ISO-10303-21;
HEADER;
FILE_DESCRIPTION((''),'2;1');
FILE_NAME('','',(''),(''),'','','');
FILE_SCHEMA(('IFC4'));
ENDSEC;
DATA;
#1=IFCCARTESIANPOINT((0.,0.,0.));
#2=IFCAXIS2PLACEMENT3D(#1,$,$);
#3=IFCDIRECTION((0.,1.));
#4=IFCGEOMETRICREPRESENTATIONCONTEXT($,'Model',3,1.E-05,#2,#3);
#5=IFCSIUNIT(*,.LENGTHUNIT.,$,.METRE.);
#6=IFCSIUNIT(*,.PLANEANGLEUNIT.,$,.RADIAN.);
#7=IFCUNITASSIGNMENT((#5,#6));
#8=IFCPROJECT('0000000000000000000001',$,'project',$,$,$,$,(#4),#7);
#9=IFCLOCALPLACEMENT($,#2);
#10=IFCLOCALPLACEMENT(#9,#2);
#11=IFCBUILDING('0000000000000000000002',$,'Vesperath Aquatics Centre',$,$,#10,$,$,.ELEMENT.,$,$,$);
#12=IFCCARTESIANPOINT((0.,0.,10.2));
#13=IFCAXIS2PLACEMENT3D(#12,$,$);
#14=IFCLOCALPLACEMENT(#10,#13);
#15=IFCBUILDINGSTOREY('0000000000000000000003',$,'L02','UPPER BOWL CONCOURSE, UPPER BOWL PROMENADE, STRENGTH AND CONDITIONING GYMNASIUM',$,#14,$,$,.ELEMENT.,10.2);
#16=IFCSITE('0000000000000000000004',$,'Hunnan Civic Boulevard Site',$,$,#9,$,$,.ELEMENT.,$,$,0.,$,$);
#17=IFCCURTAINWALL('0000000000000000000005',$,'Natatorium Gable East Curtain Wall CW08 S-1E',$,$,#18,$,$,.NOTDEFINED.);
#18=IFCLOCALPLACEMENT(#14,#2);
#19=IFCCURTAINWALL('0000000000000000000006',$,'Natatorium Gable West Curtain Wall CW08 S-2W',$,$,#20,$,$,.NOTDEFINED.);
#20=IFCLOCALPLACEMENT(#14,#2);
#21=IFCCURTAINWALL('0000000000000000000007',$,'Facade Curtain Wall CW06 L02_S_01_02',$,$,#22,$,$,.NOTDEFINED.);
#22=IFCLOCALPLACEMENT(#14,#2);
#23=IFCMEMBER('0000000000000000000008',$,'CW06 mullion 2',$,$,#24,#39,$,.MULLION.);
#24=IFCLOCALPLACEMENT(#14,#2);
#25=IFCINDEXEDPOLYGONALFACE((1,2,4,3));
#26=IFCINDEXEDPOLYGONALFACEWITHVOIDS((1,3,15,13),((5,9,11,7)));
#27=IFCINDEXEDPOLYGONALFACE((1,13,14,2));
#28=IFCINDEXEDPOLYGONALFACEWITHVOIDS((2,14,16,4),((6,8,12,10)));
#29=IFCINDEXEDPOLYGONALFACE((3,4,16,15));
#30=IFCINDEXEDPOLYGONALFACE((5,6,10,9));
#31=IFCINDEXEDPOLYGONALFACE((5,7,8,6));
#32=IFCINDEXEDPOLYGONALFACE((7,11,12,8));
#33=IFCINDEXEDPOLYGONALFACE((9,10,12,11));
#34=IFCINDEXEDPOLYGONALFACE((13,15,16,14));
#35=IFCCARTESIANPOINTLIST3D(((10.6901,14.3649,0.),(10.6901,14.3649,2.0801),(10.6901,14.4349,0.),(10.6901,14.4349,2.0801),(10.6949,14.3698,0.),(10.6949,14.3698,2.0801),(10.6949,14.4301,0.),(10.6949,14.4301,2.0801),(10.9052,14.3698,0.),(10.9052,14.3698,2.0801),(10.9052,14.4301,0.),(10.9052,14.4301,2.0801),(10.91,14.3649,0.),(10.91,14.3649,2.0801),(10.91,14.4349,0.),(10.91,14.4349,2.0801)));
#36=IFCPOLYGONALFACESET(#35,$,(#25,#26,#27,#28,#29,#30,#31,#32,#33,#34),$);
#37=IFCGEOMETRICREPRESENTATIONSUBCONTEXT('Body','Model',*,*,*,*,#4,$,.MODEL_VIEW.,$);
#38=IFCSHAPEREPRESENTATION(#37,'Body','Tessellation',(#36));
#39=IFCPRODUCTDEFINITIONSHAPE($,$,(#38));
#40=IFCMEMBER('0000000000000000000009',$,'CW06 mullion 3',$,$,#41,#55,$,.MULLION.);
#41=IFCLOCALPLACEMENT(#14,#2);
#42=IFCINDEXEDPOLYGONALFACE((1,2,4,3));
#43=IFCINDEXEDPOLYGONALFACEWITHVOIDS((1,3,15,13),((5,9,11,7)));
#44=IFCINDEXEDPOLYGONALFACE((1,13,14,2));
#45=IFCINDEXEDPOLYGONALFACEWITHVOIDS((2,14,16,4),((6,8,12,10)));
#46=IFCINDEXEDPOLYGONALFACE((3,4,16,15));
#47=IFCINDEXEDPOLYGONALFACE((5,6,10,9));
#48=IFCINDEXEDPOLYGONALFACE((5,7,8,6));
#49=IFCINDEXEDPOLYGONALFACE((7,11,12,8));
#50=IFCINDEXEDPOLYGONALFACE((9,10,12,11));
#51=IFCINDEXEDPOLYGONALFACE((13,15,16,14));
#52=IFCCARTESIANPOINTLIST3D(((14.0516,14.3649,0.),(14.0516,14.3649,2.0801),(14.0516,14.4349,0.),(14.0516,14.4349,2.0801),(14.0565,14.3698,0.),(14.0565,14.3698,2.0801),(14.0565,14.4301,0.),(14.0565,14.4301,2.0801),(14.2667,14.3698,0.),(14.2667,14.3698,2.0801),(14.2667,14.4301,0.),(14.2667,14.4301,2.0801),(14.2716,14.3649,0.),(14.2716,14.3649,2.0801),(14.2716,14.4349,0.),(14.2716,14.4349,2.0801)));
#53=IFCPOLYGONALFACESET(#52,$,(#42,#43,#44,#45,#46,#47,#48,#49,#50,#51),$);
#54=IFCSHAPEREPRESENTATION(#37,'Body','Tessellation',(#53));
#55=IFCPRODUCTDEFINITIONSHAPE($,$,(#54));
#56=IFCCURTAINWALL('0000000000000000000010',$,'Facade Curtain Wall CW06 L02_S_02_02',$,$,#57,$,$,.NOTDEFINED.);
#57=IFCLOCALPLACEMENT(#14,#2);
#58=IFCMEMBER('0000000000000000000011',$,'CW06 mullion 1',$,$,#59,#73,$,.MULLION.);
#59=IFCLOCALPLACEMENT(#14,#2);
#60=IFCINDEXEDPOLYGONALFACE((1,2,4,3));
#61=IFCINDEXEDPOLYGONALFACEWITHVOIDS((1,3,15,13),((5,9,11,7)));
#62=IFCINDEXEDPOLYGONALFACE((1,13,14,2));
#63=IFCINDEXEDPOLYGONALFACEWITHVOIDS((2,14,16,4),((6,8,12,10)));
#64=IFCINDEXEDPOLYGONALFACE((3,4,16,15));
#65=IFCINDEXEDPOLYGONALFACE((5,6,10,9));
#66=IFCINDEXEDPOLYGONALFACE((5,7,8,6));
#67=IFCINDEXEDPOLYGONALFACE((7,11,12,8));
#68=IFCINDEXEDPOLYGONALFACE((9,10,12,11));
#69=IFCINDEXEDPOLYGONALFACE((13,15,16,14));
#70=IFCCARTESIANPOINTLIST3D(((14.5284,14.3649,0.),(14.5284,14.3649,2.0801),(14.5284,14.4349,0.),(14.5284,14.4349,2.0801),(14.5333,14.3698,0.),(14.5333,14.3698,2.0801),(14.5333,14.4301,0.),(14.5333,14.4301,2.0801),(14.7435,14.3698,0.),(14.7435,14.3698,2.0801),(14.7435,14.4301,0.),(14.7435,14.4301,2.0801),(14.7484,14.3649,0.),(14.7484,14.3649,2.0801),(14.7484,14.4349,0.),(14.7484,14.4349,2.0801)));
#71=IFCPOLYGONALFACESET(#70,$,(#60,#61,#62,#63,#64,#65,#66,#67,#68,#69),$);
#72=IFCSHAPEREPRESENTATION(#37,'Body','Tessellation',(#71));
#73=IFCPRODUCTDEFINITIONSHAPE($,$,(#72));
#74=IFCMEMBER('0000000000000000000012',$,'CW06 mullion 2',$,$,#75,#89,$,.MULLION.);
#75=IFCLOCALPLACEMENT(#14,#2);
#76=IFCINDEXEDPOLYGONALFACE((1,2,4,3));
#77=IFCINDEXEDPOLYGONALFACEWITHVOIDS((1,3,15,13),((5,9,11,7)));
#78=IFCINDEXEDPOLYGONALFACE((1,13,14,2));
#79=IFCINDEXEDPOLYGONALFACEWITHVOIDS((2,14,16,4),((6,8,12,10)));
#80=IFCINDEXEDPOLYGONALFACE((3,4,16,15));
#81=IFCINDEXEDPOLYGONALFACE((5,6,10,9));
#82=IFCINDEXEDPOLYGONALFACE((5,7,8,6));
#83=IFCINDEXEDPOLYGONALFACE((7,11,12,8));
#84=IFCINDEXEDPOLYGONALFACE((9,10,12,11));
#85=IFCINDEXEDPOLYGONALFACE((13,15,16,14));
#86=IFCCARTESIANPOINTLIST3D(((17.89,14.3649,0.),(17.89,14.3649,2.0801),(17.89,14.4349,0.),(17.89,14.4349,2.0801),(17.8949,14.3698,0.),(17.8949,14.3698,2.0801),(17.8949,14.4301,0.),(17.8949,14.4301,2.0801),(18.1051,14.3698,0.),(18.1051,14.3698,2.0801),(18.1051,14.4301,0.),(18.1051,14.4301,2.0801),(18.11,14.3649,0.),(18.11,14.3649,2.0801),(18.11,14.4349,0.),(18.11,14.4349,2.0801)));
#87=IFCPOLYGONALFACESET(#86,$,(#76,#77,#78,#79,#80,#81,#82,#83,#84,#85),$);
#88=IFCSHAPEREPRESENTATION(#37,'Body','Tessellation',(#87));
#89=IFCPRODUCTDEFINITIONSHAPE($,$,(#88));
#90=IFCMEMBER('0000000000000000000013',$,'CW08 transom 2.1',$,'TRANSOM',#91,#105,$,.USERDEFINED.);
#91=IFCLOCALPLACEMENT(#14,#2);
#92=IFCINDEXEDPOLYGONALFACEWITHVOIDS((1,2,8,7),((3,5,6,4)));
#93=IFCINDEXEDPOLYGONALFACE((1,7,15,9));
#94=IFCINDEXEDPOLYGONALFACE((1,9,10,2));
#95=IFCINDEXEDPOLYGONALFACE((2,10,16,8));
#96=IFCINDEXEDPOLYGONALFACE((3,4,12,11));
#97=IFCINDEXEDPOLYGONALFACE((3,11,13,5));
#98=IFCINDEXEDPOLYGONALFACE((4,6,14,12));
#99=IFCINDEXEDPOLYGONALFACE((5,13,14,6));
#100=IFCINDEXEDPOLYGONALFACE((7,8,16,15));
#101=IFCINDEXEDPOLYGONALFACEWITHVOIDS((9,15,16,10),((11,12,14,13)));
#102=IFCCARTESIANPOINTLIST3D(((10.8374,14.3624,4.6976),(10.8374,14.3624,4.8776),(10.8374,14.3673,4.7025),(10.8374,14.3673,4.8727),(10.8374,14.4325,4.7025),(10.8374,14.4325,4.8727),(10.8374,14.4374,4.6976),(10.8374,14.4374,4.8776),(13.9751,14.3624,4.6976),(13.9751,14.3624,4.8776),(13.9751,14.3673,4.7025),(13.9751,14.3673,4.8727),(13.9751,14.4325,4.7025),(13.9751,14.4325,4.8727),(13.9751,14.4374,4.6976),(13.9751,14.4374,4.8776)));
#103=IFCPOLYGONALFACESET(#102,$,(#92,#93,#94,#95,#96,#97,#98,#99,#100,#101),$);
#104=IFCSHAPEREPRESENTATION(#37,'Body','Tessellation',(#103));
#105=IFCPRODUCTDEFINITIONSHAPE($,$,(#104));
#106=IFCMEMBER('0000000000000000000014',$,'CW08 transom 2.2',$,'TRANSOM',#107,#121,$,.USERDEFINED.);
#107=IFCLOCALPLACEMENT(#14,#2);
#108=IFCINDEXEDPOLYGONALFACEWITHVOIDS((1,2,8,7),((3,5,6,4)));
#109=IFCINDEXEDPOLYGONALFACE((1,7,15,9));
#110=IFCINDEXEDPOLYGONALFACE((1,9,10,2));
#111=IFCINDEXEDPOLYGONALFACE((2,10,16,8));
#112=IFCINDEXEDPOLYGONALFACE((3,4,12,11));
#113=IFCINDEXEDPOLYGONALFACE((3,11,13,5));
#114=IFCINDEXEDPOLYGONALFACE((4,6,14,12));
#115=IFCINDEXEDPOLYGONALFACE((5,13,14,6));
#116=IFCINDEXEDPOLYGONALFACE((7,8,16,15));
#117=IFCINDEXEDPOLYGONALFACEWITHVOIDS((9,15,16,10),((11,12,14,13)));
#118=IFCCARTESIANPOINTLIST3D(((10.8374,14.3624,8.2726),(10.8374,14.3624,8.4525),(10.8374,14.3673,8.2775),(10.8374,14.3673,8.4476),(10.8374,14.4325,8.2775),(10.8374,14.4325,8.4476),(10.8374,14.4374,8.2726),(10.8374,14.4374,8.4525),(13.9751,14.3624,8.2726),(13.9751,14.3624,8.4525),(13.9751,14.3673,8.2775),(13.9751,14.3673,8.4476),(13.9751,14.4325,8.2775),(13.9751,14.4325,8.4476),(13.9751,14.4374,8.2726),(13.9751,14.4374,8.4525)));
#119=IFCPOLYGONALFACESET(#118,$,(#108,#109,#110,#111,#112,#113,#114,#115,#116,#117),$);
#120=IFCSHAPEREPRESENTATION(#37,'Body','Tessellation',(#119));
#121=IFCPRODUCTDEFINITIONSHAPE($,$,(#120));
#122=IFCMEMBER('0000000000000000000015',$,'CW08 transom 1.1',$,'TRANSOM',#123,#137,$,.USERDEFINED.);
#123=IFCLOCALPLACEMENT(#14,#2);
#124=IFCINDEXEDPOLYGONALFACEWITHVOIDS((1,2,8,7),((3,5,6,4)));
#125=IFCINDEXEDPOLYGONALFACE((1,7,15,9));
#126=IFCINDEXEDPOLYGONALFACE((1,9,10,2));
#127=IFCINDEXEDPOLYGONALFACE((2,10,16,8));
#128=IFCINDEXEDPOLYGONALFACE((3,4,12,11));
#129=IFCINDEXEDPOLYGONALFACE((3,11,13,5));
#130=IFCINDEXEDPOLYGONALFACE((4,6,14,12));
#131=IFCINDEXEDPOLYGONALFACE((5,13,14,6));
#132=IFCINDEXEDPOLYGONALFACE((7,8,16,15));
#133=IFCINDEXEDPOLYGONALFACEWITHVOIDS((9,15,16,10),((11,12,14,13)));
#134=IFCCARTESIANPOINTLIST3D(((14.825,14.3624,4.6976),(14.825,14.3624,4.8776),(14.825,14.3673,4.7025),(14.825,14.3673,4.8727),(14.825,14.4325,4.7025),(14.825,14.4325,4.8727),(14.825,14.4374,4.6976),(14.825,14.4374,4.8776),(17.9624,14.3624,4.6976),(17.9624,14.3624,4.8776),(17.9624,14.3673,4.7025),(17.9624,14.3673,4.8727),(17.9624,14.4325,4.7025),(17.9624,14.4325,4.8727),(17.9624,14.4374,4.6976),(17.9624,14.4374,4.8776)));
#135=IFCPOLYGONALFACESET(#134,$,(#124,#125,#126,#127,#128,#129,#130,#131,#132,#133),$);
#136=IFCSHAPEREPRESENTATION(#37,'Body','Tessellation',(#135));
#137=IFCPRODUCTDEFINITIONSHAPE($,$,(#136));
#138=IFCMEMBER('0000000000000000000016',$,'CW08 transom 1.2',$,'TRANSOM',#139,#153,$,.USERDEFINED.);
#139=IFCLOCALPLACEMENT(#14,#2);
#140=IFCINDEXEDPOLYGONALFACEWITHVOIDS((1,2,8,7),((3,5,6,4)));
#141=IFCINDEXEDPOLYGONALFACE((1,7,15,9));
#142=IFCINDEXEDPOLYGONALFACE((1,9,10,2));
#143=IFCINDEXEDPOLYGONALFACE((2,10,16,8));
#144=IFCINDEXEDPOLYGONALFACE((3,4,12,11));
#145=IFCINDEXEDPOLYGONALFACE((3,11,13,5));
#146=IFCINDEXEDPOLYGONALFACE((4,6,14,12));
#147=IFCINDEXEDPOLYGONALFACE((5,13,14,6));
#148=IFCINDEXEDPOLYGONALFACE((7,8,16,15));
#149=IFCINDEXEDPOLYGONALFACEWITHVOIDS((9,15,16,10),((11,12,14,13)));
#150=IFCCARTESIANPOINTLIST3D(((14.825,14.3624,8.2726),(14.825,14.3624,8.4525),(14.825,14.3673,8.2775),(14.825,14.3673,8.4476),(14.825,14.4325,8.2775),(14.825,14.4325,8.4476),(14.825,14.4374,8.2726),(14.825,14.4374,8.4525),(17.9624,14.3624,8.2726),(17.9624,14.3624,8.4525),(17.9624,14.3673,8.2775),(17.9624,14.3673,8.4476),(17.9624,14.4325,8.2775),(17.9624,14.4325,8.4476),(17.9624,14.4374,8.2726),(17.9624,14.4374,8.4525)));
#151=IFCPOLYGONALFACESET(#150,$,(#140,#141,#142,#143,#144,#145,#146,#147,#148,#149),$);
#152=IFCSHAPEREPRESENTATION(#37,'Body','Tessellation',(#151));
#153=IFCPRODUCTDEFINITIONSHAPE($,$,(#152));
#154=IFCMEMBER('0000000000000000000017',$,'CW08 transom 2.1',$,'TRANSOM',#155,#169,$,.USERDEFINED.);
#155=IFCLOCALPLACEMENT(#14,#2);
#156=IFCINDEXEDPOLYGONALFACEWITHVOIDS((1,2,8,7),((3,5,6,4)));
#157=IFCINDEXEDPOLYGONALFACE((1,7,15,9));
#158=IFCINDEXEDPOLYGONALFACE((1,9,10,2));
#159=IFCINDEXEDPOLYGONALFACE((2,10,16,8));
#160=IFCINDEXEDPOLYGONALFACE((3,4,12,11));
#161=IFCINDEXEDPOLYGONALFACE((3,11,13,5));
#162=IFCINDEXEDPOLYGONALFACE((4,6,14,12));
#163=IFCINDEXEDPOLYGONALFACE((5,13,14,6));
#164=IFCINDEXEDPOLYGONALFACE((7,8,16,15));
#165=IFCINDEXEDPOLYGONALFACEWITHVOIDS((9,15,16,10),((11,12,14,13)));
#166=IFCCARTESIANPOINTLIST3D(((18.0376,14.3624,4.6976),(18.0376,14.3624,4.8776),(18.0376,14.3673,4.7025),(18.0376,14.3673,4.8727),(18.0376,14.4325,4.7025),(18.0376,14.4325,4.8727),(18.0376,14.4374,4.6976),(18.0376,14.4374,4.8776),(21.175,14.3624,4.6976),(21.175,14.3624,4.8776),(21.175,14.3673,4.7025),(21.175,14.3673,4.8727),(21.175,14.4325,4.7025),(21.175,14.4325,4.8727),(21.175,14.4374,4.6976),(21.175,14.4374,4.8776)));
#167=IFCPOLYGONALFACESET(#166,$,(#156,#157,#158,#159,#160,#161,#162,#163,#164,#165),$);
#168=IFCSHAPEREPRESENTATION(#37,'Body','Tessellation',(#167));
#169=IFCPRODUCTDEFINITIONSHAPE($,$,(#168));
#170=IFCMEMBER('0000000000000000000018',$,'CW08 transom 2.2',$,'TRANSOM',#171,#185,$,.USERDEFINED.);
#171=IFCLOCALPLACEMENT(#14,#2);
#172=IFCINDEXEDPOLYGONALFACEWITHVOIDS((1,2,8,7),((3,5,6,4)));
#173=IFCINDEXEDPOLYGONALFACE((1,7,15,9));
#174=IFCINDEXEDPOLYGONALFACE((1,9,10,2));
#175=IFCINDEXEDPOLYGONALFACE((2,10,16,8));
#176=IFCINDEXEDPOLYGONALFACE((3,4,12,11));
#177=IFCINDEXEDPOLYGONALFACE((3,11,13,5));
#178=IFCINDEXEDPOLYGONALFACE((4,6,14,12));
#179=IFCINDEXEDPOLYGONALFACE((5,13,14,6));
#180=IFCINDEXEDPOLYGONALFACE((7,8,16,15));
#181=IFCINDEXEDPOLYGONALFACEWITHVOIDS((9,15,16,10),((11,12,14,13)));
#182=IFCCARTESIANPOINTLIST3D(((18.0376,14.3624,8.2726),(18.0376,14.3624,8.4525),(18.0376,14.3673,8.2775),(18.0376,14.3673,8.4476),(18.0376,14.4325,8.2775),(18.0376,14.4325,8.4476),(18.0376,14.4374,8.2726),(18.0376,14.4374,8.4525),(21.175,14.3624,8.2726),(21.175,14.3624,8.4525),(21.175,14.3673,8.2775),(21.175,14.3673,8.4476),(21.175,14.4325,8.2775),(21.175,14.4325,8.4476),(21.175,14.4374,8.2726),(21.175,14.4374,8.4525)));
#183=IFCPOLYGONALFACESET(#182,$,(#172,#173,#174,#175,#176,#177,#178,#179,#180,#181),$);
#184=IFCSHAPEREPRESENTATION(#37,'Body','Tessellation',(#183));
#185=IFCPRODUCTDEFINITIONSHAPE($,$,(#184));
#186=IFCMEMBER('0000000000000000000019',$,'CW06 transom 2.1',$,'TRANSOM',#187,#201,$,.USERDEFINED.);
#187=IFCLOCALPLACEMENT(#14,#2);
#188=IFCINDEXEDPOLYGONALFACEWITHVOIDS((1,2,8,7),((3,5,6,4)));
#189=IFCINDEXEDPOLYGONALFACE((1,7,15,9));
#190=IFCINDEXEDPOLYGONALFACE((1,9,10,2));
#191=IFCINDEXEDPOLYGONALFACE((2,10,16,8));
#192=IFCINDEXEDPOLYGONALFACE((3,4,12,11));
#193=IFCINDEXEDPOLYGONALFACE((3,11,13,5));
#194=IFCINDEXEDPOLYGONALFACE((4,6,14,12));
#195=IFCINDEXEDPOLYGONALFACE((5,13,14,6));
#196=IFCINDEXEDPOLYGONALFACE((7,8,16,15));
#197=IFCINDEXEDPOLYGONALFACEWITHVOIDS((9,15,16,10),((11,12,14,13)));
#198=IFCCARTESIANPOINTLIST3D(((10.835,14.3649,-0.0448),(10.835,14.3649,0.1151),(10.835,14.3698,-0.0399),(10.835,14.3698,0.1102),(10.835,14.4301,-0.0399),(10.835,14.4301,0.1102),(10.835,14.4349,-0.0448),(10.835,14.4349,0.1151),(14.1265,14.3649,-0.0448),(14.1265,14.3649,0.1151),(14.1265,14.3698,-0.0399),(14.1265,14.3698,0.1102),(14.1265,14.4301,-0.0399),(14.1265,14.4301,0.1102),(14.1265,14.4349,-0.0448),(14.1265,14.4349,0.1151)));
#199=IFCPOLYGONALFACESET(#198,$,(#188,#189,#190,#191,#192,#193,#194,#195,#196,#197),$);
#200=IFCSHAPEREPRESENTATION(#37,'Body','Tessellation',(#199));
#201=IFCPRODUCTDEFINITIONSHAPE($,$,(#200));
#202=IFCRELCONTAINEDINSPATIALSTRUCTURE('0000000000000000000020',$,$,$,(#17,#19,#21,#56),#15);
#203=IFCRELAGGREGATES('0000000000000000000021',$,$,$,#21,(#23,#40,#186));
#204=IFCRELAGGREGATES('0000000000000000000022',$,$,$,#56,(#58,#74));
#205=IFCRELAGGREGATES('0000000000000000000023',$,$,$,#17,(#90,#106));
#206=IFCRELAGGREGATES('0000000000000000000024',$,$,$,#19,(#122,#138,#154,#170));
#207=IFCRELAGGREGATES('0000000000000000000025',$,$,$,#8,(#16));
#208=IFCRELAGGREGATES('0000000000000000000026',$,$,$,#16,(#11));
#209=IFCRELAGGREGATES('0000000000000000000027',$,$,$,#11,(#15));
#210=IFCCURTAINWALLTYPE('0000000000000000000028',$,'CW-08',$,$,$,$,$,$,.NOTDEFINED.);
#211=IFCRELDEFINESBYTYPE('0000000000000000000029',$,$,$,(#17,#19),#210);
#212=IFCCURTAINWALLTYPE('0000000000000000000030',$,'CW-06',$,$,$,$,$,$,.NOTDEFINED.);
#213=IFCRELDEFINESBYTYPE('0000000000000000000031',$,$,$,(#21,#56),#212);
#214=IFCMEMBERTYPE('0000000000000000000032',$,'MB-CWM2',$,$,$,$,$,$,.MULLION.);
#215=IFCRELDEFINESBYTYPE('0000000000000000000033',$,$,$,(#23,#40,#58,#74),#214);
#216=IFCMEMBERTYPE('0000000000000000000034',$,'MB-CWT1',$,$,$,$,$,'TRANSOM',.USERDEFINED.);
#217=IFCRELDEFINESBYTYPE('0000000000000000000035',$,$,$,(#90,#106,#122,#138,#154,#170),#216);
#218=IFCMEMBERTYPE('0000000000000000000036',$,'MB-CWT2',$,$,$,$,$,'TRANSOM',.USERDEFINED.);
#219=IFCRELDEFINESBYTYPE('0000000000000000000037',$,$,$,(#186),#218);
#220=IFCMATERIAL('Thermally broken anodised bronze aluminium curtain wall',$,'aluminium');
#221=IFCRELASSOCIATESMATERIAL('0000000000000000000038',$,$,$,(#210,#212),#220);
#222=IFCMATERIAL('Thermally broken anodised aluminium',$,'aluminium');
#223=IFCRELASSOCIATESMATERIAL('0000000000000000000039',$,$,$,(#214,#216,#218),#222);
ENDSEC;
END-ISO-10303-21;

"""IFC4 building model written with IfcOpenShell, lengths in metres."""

from ifc_helpers import new_model, si_unit, direction, frame, origin, origin_2d, place, context, subcontext, project, spatial, hollow_rectangle, extrude, material, material_profile, profile_set, type_object, element, aggregate, save


model = new_model("IFC4")

# Units and contexts
model_context = context("Model", 3, precision=1e-05, world=origin(), true_north=direction((0.0, 1.0)))
body_context = subcontext(model_context, "Body", "Model", "MODEL_VIEW")
ifc_project = project(units=[si_unit("LENGTHUNIT", "METRE"), si_unit("PLANEANGLEUNIT", "RADIAN")], contexts=[model_context])

# Site, building, storey
site_placement = place(None, origin())
site = spatial("IfcSite", under=ifc_project, at=site_placement, Name="Hunnan Civic Boulevard Site", CompositionType="ELEMENT", RefElevation=0.0)
building_placement = place(site_placement, origin())
building = spatial("IfcBuilding", under=site, at=building_placement, Name="Vesperath Aquatics Centre", CompositionType="ELEMENT")
storey_placement = place(building_placement, frame((0.0, 0.0, 10.2)))
storey = spatial("IfcBuildingStorey", under=building, at=storey_placement, Name="L02", Description="UPPER BOWL CONCOURSE, UPPER BOWL PROMENADE, STRENGTH AND CONDITIONING GYMNASIUM", CompositionType="ELEMENT", Elevation=10.2)

# Curtain walls, members
ifc_material_1 = material(Name="Thermally broken anodised bronze aluminium curtain wall", Category="aluminium")
curtain_wall_type_1 = type_object("IfcCurtainWallType", Name="CW-08", PredefinedType="NOTDEFINED", material=ifc_material_1)
curtain_wall_1_placement = place(storey_placement, origin())
curtain_wall_1 = element("IfcCurtainWall", 1, at=curtain_wall_1_placement, inside=storey, type_object=curtain_wall_type_1, Name="Natatorium Gable East Curtain Wall CW08 S-1E", PredefinedType="NOTDEFINED")
ifc_material_2 = material(Name="Thermally broken anodised aluminium", Category="aluminium")
curtain_wall_2_placement = place(storey_placement, origin())
curtain_wall_2 = element("IfcCurtainWall", 2, at=curtain_wall_2_placement, inside=storey, type_object=curtain_wall_type_1, Name="Natatorium Gable West Curtain Wall CW08 S-2W", PredefinedType="NOTDEFINED")
curtain_wall_type_2 = type_object("IfcCurtainWallType", Name="CW-06", PredefinedType="NOTDEFINED", material=ifc_material_1)
curtain_wall_3_placement = place(storey_placement, origin())
curtain_wall_3 = element("IfcCurtainWall", 3, at=curtain_wall_3_placement, inside=storey, type_object=curtain_wall_type_2, Name="Facade Curtain Wall CW06 L02_S_01_02", PredefinedType="NOTDEFINED")
ifc_material_profile_1 = material_profile(ifc_material_2, hollow_rectangle(XDim=0.0701, YDim=0.22, WallThickness=0.0049, at=origin_2d()), Name="CWM 70x220x5")
ifc_profile_set_1 = profile_set([ifc_material_profile_1], Name="Thermally broken anodised aluminium")
member_type_1 = type_object("IfcMemberType", Name="MB-CWM2", PredefinedType="MULLION", material=ifc_profile_set_1)
member_1_placement = place(storey_placement, frame((10.8, 14.3999, 0.0), z_axis=(0.0, 0.0, 1.0), x_axis=(0.0, 1.0, 0.0)))
member_1 = element("IfcMember", 4, at=member_1_placement, type_object=member_type_1, Name="CW06 mullion 2", PredefinedType="MULLION", context=body_context, shape_type="SweptSolid", body=[
    extrude(hollow_rectangle(XDim=0.0701, YDim=0.22, WallThickness=0.0049, at=origin_2d()), origin(), (0.0, 0.0, 1.0), 2.0801),
])
member_2_placement = place(storey_placement, frame((14.1616, 14.3999, 0.0), z_axis=(0.0, 0.0, 1.0), x_axis=(0.0, 1.0, 0.0)))
member_2 = element("IfcMember", 5, at=member_2_placement, type_object=member_type_1, Name="CW06 mullion 3", PredefinedType="MULLION", context=body_context, shape_type="SweptSolid", body=[
    extrude(hollow_rectangle(XDim=0.0701, YDim=0.22, WallThickness=0.0049, at=origin_2d()), origin(), (0.0, 0.0, 1.0), 2.0801),
])
curtain_wall_4_placement = place(storey_placement, origin())
curtain_wall_4 = element("IfcCurtainWall", 6, at=curtain_wall_4_placement, inside=storey, type_object=curtain_wall_type_2, Name="Facade Curtain Wall CW06 L02_S_02_02", PredefinedType="NOTDEFINED")
member_3_placement = place(storey_placement, frame((14.6384, 14.3999, 0.0), z_axis=(0.0, 0.0, 1.0), x_axis=(0.0, 1.0, 0.0)))
member_3 = element("IfcMember", 7, at=member_3_placement, type_object=member_type_1, Name="CW06 mullion 1", PredefinedType="MULLION", context=body_context, shape_type="SweptSolid", body=[
    extrude(hollow_rectangle(XDim=0.0701, YDim=0.22, WallThickness=0.0049, at=origin_2d()), origin(), (0.0, 0.0, 1.0), 2.0801),
])
member_4_placement = place(storey_placement, frame((18.0, 14.3999, 0.0), z_axis=(0.0, 0.0, 1.0), x_axis=(0.0, 1.0, 0.0)))
member_4 = element("IfcMember", 8, at=member_4_placement, type_object=member_type_1, Name="CW06 mullion 2", PredefinedType="MULLION", context=body_context, shape_type="SweptSolid", body=[
    extrude(hollow_rectangle(XDim=0.0701, YDim=0.22, WallThickness=0.0049, at=origin_2d()), origin(), (0.0, 0.0, 1.0), 2.0801),
])

# Members
ifc_material_profile_2 = material_profile(ifc_material_2, hollow_rectangle(XDim=0.075, YDim=0.1799, WallThickness=0.0049, at=origin_2d()), Name="CWT 75x180x5")
ifc_profile_set_2 = profile_set([ifc_material_profile_2], Name="Thermally broken anodised aluminium")
member_type_2 = type_object("IfcMemberType", Name="MB-CWT1", ElementType="TRANSOM", PredefinedType="USERDEFINED", material=ifc_profile_set_2)
member_5_placement = place(storey_placement, frame((10.8374, 14.3999, 4.7876), z_axis=(1.0, 0.0, 0.0), x_axis=(0.0, 1.0, 0.0)))
member_5 = element("IfcMember", 9, at=member_5_placement, type_object=member_type_2, Name="CW08 transom 2.1", ObjectType="TRANSOM", PredefinedType="USERDEFINED", context=body_context, shape_type="SweptSolid", body=[
    extrude(hollow_rectangle(XDim=0.075, YDim=0.1799, WallThickness=0.0049, at=origin_2d()), origin(), (0.0, 0.0, 1.0), 3.1377),
])
member_6_placement = place(storey_placement, frame((10.8374, 14.3999, 8.3625), z_axis=(1.0, 0.0, 0.0), x_axis=(0.0, 1.0, 0.0)))
member_6 = element("IfcMember", 10, at=member_6_placement, type_object=member_type_2, Name="CW08 transom 2.2", ObjectType="TRANSOM", PredefinedType="USERDEFINED", context=body_context, shape_type="SweptSolid", body=[
    extrude(hollow_rectangle(XDim=0.075, YDim=0.1799, WallThickness=0.0049, at=origin_2d()), origin(), (0.0, 0.0, 1.0), 3.1377),
])
member_7_placement = place(storey_placement, frame((14.825, 14.3999, 4.7876), z_axis=(1.0, 0.0, 0.0), x_axis=(0.0, 1.0, 0.0)))
member_7 = element("IfcMember", 11, at=member_7_placement, type_object=member_type_2, Name="CW08 transom 1.1", ObjectType="TRANSOM", PredefinedType="USERDEFINED", context=body_context, shape_type="SweptSolid", body=[
    extrude(hollow_rectangle(XDim=0.075, YDim=0.1799, WallThickness=0.0049, at=origin_2d()), origin(), (0.0, 0.0, 1.0), 3.1375),
])
member_8_placement = place(storey_placement, frame((14.825, 14.3999, 8.3625), z_axis=(1.0, 0.0, 0.0), x_axis=(0.0, 1.0, 0.0)))
member_8 = element("IfcMember", 12, at=member_8_placement, type_object=member_type_2, Name="CW08 transom 1.2", ObjectType="TRANSOM", PredefinedType="USERDEFINED", context=body_context, shape_type="SweptSolid", body=[
    extrude(hollow_rectangle(XDim=0.075, YDim=0.1799, WallThickness=0.0049, at=origin_2d()), origin(), (0.0, 0.0, 1.0), 3.1375),
])
member_9_placement = place(storey_placement, frame((18.0376, 14.3999, 4.7876), z_axis=(1.0, 0.0, 0.0), x_axis=(0.0, 1.0, 0.0)))
member_9 = element("IfcMember", 13, at=member_9_placement, type_object=member_type_2, Name="CW08 transom 2.1", ObjectType="TRANSOM", PredefinedType="USERDEFINED", context=body_context, shape_type="SweptSolid", body=[
    extrude(hollow_rectangle(XDim=0.075, YDim=0.1799, WallThickness=0.0049, at=origin_2d()), origin(), (0.0, 0.0, 1.0), 3.1375),
])
member_10_placement = place(storey_placement, frame((18.0376, 14.3999, 8.3625), z_axis=(1.0, 0.0, 0.0), x_axis=(0.0, 1.0, 0.0)))
member_10 = element("IfcMember", 14, at=member_10_placement, type_object=member_type_2, Name="CW08 transom 2.2", ObjectType="TRANSOM", PredefinedType="USERDEFINED", context=body_context, shape_type="SweptSolid", body=[
    extrude(hollow_rectangle(XDim=0.075, YDim=0.1799, WallThickness=0.0049, at=origin_2d()), origin(), (0.0, 0.0, 1.0), 3.1375),
])
ifc_material_profile_3 = material_profile(ifc_material_2, hollow_rectangle(XDim=0.0701, YDim=0.1599, WallThickness=0.0049, at=origin_2d()), Name="CWT 70x160x5")
ifc_profile_set_3 = profile_set([ifc_material_profile_3], Name="Thermally broken anodised aluminium")
member_type_3 = type_object("IfcMemberType", Name="MB-CWT2", ElementType="TRANSOM", PredefinedType="USERDEFINED", material=ifc_profile_set_3)
member_11_placement = place(storey_placement, frame((10.835, 14.3999, 0.0352), z_axis=(1.0, 0.0, 0.0), x_axis=(0.0, 1.0, 0.0)))
member_11 = element("IfcMember", 15, at=member_11_placement, type_object=member_type_3, Name="CW06 transom 2.1", ObjectType="TRANSOM", PredefinedType="USERDEFINED", context=body_context, shape_type="SweptSolid", body=[
    extrude(hollow_rectangle(XDim=0.0701, YDim=0.1599, WallThickness=0.0049, at=origin_2d()), origin(), (0.0, 0.0, 1.0), 3.2915),
])

aggregate(curtain_wall_3, [member_1, member_2, member_11])
aggregate(curtain_wall_4, [member_3, member_4])
aggregate(curtain_wall_1, [member_5, member_6])
aggregate(curtain_wall_2, [member_7, member_8, member_9, member_10])

save(model, "model.ifc")
